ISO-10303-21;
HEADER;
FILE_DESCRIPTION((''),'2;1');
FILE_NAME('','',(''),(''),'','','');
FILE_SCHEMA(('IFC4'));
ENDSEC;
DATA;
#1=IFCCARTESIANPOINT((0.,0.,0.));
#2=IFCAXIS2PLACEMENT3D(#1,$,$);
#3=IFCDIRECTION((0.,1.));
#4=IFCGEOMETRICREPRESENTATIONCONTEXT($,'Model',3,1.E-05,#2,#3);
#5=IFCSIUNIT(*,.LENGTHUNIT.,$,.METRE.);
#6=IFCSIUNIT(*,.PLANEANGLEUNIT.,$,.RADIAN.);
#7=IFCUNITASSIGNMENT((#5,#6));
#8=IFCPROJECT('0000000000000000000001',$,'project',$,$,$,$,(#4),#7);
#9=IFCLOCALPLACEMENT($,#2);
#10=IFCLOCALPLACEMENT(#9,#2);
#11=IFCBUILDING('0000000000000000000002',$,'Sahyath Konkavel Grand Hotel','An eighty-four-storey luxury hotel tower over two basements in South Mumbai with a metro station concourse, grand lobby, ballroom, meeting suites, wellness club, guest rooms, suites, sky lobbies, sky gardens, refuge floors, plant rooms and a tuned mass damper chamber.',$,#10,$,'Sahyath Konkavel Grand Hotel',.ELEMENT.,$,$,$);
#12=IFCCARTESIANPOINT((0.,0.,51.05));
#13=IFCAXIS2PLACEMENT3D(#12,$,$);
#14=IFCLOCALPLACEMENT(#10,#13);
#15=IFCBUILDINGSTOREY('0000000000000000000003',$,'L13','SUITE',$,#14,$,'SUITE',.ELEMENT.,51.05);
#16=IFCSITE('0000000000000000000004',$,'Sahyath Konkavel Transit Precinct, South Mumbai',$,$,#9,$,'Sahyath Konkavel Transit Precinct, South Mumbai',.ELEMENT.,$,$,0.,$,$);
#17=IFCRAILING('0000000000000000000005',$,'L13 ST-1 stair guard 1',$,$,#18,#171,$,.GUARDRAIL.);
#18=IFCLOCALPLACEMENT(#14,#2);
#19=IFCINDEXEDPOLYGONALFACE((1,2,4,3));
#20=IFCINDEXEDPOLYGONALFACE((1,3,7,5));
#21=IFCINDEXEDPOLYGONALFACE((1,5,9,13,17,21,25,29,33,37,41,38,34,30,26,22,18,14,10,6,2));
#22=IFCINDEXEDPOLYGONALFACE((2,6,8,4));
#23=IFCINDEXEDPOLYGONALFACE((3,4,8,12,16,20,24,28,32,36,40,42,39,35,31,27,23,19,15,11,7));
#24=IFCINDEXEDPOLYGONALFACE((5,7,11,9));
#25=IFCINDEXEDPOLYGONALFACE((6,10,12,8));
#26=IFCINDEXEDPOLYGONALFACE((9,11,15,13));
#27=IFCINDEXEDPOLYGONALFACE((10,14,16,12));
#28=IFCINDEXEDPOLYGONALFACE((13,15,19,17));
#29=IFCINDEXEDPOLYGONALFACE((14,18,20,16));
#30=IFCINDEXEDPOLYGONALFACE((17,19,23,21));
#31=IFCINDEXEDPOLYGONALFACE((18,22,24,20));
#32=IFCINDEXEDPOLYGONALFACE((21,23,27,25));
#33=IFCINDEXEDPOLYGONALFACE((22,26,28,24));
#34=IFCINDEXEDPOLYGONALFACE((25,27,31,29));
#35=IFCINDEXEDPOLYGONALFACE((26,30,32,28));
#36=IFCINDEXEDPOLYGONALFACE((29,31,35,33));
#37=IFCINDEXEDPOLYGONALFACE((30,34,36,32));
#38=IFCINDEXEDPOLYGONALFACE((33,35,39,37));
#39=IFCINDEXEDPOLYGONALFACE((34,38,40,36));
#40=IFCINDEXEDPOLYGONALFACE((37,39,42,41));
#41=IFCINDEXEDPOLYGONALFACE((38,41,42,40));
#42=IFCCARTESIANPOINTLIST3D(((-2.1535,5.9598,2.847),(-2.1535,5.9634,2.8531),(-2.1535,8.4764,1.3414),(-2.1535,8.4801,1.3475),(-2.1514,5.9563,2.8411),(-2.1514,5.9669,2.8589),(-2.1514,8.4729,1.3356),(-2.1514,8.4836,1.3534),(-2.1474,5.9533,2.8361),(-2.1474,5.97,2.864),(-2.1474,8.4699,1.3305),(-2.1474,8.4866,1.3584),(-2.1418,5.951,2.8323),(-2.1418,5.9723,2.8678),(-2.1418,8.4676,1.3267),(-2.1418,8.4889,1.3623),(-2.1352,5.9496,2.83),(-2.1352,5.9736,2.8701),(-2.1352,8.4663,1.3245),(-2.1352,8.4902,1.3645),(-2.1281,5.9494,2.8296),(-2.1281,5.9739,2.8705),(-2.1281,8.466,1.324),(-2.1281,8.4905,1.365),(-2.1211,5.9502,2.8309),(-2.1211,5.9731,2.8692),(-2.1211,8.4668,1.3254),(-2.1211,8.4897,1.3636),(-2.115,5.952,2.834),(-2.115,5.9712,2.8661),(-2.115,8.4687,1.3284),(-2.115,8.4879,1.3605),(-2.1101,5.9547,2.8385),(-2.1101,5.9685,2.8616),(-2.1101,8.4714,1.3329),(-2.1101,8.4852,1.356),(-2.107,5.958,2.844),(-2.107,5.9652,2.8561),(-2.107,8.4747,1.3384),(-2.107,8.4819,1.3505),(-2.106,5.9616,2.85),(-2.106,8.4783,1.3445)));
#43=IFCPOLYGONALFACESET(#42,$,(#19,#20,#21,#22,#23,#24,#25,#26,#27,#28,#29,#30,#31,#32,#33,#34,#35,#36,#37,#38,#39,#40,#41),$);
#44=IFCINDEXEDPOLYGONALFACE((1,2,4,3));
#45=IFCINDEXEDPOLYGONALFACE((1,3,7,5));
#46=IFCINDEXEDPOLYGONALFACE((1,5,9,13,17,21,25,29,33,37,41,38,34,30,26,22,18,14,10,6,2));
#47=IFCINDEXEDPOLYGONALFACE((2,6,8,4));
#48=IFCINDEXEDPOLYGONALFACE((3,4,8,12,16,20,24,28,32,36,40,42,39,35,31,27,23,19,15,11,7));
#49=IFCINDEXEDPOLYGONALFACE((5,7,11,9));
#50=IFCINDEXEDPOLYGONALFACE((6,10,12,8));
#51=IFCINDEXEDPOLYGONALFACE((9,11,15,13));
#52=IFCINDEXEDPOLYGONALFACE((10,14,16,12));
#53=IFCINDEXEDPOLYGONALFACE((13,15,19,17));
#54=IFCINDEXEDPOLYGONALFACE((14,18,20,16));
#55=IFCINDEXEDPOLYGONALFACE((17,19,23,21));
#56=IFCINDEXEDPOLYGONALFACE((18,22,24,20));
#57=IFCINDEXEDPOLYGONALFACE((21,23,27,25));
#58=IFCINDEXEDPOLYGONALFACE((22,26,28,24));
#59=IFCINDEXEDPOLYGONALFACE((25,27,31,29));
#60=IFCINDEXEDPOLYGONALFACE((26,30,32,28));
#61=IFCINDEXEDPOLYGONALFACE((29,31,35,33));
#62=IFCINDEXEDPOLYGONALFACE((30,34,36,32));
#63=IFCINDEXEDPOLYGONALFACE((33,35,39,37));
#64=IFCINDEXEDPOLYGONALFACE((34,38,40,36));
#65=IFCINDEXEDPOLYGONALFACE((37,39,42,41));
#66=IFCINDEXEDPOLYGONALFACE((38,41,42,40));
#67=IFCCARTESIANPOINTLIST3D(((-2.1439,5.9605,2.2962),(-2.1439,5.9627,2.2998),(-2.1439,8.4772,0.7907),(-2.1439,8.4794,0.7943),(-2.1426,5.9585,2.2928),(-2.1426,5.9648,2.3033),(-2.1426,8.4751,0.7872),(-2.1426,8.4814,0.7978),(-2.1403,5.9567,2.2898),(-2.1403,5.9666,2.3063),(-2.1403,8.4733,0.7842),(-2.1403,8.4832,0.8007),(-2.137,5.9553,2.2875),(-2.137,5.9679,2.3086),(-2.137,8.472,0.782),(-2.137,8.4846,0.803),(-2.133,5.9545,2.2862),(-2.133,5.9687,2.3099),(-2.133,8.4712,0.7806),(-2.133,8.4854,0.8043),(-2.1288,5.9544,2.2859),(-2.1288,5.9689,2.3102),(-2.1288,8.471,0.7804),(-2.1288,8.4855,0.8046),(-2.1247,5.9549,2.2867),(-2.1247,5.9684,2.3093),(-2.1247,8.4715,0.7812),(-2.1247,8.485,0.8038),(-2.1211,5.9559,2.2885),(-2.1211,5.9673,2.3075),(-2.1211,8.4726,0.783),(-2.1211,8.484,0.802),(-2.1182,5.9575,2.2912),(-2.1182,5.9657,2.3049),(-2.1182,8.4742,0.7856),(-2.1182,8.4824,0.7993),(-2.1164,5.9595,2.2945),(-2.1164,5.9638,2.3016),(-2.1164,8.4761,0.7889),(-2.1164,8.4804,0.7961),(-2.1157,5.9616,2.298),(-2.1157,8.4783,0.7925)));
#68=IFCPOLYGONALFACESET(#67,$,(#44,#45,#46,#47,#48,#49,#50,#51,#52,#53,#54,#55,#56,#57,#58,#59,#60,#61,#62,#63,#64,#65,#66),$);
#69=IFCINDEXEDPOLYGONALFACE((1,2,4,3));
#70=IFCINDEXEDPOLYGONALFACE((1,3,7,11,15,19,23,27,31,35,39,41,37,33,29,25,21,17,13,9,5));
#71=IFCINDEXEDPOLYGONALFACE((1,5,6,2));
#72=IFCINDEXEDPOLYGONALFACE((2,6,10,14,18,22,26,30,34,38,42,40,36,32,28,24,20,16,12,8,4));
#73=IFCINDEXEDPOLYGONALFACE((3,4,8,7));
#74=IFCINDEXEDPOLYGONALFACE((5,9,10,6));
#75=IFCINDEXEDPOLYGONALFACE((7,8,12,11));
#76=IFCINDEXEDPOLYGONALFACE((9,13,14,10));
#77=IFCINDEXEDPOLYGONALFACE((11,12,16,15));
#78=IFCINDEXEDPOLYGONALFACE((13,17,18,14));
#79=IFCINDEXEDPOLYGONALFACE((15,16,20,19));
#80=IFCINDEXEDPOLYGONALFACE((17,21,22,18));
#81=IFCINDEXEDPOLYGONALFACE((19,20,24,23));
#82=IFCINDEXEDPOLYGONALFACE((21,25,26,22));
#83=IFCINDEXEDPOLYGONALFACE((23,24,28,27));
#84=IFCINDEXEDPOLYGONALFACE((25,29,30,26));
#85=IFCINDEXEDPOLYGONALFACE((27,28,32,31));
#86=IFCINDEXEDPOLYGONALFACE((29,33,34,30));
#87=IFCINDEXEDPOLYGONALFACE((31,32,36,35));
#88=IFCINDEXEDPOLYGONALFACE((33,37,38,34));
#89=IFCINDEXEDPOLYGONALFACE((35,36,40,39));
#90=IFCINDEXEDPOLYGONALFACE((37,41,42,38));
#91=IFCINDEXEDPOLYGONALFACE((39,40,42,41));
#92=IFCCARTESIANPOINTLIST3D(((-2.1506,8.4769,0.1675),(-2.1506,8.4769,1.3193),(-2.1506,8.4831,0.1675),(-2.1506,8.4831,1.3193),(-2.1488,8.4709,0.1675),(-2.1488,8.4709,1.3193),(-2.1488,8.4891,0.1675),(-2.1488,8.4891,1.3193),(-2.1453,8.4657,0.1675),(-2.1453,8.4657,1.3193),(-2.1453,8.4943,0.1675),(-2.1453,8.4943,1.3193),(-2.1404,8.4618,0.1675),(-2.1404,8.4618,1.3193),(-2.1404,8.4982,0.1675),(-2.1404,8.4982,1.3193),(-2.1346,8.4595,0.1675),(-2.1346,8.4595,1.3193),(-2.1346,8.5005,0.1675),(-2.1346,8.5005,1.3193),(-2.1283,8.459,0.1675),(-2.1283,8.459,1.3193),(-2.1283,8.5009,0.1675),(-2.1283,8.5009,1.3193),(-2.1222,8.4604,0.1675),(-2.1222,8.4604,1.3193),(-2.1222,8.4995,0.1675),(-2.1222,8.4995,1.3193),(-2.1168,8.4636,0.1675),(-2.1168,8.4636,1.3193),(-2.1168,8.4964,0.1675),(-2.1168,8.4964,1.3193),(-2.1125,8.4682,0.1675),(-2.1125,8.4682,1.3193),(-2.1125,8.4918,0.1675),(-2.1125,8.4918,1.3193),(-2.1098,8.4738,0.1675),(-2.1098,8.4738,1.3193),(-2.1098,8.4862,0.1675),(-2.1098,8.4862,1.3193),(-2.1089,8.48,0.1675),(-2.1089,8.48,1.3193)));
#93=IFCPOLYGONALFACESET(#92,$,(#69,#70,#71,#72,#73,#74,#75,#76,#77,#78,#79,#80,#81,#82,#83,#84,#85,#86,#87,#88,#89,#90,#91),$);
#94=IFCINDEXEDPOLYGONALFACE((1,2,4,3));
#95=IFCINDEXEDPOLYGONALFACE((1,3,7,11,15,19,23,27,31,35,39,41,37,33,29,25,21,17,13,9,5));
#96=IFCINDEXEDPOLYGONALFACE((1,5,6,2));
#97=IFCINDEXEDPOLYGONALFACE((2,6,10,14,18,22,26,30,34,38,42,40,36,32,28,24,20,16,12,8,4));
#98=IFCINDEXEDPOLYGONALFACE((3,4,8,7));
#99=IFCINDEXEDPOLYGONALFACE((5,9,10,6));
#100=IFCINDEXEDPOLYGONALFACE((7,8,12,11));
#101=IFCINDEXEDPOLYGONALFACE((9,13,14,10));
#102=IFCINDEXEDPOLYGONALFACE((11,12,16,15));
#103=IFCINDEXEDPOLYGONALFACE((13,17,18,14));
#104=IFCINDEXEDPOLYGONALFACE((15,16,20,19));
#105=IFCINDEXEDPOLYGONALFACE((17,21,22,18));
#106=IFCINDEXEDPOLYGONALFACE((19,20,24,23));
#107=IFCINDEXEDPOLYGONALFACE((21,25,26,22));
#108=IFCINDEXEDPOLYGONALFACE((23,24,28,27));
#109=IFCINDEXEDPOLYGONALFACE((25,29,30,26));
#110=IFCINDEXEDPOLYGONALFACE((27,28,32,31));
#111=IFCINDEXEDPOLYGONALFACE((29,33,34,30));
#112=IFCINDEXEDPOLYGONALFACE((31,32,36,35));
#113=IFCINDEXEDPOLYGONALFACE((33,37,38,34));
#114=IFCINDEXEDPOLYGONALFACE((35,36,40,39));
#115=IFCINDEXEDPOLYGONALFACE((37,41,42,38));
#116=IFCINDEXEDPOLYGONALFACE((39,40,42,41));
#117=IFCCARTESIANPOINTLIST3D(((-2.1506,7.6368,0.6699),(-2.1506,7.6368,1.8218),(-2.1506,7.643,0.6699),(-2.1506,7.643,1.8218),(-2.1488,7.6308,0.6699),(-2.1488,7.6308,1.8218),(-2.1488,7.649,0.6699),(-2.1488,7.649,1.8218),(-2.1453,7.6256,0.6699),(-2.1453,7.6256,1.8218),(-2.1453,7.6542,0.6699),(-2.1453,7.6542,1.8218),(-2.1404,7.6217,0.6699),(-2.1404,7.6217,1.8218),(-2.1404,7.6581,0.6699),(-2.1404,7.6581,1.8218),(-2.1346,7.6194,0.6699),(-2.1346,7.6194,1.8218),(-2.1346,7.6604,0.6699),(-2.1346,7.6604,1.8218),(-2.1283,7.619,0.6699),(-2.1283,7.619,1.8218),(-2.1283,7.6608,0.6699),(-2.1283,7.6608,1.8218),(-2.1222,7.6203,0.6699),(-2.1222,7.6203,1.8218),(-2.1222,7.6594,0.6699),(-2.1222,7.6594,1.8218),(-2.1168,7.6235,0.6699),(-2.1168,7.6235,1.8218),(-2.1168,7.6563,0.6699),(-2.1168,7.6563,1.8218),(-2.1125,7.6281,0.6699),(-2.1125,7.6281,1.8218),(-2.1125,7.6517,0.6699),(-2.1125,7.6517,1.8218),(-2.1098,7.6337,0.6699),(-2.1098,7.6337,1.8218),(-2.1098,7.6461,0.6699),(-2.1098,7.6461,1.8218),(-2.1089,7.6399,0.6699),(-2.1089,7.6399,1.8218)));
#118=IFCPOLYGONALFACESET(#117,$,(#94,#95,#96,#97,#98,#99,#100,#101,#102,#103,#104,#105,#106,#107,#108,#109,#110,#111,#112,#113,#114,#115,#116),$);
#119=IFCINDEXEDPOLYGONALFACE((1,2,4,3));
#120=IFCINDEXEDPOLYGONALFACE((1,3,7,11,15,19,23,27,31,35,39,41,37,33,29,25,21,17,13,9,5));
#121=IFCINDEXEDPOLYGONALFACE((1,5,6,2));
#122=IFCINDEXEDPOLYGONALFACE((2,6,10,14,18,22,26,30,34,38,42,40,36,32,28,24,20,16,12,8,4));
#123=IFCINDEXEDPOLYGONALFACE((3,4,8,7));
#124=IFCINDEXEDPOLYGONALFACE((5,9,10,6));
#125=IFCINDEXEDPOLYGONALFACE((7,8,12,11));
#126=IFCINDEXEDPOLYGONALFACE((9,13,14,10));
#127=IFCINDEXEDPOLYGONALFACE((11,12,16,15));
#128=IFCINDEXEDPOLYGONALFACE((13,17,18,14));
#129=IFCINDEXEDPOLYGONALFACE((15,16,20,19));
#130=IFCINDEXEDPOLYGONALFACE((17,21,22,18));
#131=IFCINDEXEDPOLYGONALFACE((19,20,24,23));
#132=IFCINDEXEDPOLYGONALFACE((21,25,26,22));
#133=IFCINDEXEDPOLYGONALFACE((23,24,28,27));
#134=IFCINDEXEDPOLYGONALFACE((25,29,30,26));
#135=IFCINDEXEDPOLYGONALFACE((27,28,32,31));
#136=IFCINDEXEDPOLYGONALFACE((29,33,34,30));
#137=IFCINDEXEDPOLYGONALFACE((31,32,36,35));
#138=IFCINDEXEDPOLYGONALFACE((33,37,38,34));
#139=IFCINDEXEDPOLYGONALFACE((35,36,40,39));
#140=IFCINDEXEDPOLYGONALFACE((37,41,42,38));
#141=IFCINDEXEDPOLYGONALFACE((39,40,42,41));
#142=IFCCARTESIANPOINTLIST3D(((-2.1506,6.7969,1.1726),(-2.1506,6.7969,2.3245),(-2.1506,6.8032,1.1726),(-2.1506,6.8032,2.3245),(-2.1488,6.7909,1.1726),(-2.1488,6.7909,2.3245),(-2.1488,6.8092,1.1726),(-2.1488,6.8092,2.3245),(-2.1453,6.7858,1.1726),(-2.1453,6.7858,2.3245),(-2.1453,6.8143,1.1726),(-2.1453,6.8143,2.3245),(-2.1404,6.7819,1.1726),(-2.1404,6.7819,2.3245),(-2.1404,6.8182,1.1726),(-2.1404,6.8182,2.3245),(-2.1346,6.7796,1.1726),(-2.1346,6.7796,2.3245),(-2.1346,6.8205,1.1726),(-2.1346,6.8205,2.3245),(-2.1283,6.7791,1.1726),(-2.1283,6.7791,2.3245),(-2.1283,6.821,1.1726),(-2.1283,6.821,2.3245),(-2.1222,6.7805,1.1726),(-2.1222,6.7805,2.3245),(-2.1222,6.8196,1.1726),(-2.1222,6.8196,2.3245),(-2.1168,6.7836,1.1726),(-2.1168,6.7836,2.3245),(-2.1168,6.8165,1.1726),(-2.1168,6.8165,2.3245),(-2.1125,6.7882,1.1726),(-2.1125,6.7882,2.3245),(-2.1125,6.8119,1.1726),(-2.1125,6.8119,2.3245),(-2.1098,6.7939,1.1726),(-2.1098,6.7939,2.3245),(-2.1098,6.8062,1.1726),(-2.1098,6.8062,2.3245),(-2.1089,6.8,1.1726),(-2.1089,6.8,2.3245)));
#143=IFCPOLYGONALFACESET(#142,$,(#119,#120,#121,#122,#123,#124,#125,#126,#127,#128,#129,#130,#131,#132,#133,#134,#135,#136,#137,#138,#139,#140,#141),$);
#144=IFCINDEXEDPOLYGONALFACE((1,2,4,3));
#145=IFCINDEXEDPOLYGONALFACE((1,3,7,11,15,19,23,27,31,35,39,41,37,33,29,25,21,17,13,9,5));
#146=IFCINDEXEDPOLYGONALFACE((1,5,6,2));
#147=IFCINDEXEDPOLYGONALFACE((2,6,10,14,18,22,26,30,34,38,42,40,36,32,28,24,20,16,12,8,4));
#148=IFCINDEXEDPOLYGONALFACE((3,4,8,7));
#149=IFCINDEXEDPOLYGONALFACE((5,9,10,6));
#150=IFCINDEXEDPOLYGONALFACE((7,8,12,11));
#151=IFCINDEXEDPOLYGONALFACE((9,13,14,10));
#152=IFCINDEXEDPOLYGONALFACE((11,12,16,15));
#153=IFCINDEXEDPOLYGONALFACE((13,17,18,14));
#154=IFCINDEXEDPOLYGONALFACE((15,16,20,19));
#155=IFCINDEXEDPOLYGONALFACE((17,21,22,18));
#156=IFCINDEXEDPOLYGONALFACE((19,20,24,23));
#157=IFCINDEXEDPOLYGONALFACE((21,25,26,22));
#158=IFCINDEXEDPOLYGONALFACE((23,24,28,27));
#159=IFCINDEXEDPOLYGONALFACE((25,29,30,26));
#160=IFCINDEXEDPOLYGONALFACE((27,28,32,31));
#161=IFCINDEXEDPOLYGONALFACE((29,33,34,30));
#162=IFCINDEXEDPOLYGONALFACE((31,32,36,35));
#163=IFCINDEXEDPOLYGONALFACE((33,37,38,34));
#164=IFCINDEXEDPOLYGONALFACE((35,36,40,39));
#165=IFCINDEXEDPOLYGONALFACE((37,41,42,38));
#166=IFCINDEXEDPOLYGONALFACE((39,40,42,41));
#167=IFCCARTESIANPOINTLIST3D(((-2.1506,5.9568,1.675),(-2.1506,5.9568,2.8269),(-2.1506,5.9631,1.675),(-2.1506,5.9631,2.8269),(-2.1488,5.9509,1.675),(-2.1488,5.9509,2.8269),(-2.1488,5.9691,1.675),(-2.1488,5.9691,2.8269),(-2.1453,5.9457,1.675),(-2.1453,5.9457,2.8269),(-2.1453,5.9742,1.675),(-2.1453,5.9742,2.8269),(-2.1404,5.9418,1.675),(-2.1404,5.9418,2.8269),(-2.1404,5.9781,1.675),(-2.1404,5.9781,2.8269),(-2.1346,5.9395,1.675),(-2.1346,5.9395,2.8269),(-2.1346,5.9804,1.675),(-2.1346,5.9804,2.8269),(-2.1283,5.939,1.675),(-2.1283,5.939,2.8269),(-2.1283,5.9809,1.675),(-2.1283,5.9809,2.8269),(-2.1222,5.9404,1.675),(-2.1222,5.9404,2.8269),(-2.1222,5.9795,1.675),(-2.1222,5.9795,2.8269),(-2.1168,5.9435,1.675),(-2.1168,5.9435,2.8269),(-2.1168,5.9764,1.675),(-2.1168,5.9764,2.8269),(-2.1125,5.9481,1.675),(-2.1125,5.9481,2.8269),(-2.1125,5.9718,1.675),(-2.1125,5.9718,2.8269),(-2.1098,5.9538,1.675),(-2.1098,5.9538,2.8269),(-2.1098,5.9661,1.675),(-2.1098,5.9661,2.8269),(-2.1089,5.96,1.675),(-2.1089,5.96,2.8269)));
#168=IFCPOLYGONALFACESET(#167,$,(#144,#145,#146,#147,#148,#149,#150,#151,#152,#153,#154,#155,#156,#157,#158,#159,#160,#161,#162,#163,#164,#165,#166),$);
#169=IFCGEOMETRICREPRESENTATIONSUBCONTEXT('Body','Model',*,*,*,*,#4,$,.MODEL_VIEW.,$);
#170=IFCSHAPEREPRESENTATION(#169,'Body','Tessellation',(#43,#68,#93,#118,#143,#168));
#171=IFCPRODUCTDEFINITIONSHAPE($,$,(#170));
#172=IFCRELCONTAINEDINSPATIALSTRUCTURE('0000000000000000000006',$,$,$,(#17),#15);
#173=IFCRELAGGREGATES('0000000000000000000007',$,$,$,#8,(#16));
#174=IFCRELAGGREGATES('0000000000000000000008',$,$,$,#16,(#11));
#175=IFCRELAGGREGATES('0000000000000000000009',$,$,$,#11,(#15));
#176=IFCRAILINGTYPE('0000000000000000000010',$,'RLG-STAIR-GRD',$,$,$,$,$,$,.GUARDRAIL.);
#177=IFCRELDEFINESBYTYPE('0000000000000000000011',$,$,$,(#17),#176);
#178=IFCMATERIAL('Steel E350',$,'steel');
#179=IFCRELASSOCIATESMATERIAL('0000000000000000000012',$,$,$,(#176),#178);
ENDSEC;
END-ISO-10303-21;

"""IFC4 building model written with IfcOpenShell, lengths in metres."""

from ifc_helpers import new_model, si_unit, direction, frame, origin, origin_2d, place, context, subcontext, project, spatial, circle, extrude, material, type_object, element, save


model = new_model("IFC4")

# Units and contexts
model_context = context("Model", 3, precision=1e-05, world=origin(), true_north=direction((0.0, 1.0)))
body_context = subcontext(model_context, "Body", "Model", "MODEL_VIEW")
ifc_project = project(units=[si_unit("LENGTHUNIT", "METRE"), si_unit("PLANEANGLEUNIT", "RADIAN")], contexts=[model_context])

# Site, building, storey
site_placement = place(None, origin())
site = spatial("IfcSite", under=ifc_project, at=site_placement, Name="Sahyath Konkavel Transit Precinct, South Mumbai", LongName="Sahyath Konkavel Transit Precinct, South Mumbai", CompositionType="ELEMENT", RefElevation=0.0)
building_placement = place(site_placement, origin())
building = spatial("IfcBuilding", under=site, at=building_placement, Name="Sahyath Konkavel Grand Hotel", Description="An eighty-four-storey luxury hotel tower over two basements in South Mumbai with a metro station concourse, grand lobby, ballroom, meeting suites, wellness club, guest rooms, suites, sky lobbies, sky gardens, refuge floors, plant rooms and a tuned mass damper chamber.", LongName="Sahyath Konkavel Grand Hotel", CompositionType="ELEMENT")
storey_placement = place(building_placement, frame((0.0, 0.0, 51.05)))
storey = spatial("IfcBuildingStorey", under=building, at=storey_placement, Name="L13", Description="SUITE", LongName="SUITE", CompositionType="ELEMENT", Elevation=51.05)

# Shared definitions
ifc_material_1 = material(Name="Steel E350", Category="steel")

# Railing
railing_type_1 = type_object("IfcRailingType", Name="RLG-STAIR-GRD", PredefinedType="GUARDRAIL", material=ifc_material_1)
railing_1_placement = place(storey_placement, frame((-2.1299, 8.48, 0.1675)))
element("IfcRailing", 1, at=railing_1_placement, inside=storey, type_object=railing_type_1, Name="L13 ST-1 stair guard 1", PredefinedType="GUARDRAIL", context=body_context, shape_type="SweptSolid", body=[
    extrude(circle(Radius=0.0239, at=origin_2d()), frame((0.0, -0.0017, 1.177), z_axis=(0.0, -0.85816, 0.513383), x_axis=(1.0, 0.0, 0.0)), (0.0, 0.0, 1.0), 2.9326),
    extrude(circle(Radius=0.0142, at=origin_2d()), frame((0.0, -0.0017, 0.625), z_axis=(0.0, -0.85816, 0.513383), x_axis=(1.0, 0.0, 0.0)), (0.0, 0.0, 1.0), 2.9326),
    extrude(circle(Radius=0.021, at=origin_2d()), origin(), (0.0, 0.0, 1.0), 1.1519),
    extrude(circle(Radius=0.021, at=origin_2d()), frame((0.0, -0.8401, 0.5024)), (0.0, 0.0, 1.0), 1.1519),
    extrude(circle(Radius=0.021, at=origin_2d()), frame((0.0, -1.6799, 1.0051)), (0.0, 0.0, 1.0), 1.1519),
    extrude(circle(Radius=0.021, at=origin_2d()), frame((0.0, -2.52, 1.5076)), (0.0, 0.0, 1.0), 1.1519),
])

save(model, "model.ifc")
